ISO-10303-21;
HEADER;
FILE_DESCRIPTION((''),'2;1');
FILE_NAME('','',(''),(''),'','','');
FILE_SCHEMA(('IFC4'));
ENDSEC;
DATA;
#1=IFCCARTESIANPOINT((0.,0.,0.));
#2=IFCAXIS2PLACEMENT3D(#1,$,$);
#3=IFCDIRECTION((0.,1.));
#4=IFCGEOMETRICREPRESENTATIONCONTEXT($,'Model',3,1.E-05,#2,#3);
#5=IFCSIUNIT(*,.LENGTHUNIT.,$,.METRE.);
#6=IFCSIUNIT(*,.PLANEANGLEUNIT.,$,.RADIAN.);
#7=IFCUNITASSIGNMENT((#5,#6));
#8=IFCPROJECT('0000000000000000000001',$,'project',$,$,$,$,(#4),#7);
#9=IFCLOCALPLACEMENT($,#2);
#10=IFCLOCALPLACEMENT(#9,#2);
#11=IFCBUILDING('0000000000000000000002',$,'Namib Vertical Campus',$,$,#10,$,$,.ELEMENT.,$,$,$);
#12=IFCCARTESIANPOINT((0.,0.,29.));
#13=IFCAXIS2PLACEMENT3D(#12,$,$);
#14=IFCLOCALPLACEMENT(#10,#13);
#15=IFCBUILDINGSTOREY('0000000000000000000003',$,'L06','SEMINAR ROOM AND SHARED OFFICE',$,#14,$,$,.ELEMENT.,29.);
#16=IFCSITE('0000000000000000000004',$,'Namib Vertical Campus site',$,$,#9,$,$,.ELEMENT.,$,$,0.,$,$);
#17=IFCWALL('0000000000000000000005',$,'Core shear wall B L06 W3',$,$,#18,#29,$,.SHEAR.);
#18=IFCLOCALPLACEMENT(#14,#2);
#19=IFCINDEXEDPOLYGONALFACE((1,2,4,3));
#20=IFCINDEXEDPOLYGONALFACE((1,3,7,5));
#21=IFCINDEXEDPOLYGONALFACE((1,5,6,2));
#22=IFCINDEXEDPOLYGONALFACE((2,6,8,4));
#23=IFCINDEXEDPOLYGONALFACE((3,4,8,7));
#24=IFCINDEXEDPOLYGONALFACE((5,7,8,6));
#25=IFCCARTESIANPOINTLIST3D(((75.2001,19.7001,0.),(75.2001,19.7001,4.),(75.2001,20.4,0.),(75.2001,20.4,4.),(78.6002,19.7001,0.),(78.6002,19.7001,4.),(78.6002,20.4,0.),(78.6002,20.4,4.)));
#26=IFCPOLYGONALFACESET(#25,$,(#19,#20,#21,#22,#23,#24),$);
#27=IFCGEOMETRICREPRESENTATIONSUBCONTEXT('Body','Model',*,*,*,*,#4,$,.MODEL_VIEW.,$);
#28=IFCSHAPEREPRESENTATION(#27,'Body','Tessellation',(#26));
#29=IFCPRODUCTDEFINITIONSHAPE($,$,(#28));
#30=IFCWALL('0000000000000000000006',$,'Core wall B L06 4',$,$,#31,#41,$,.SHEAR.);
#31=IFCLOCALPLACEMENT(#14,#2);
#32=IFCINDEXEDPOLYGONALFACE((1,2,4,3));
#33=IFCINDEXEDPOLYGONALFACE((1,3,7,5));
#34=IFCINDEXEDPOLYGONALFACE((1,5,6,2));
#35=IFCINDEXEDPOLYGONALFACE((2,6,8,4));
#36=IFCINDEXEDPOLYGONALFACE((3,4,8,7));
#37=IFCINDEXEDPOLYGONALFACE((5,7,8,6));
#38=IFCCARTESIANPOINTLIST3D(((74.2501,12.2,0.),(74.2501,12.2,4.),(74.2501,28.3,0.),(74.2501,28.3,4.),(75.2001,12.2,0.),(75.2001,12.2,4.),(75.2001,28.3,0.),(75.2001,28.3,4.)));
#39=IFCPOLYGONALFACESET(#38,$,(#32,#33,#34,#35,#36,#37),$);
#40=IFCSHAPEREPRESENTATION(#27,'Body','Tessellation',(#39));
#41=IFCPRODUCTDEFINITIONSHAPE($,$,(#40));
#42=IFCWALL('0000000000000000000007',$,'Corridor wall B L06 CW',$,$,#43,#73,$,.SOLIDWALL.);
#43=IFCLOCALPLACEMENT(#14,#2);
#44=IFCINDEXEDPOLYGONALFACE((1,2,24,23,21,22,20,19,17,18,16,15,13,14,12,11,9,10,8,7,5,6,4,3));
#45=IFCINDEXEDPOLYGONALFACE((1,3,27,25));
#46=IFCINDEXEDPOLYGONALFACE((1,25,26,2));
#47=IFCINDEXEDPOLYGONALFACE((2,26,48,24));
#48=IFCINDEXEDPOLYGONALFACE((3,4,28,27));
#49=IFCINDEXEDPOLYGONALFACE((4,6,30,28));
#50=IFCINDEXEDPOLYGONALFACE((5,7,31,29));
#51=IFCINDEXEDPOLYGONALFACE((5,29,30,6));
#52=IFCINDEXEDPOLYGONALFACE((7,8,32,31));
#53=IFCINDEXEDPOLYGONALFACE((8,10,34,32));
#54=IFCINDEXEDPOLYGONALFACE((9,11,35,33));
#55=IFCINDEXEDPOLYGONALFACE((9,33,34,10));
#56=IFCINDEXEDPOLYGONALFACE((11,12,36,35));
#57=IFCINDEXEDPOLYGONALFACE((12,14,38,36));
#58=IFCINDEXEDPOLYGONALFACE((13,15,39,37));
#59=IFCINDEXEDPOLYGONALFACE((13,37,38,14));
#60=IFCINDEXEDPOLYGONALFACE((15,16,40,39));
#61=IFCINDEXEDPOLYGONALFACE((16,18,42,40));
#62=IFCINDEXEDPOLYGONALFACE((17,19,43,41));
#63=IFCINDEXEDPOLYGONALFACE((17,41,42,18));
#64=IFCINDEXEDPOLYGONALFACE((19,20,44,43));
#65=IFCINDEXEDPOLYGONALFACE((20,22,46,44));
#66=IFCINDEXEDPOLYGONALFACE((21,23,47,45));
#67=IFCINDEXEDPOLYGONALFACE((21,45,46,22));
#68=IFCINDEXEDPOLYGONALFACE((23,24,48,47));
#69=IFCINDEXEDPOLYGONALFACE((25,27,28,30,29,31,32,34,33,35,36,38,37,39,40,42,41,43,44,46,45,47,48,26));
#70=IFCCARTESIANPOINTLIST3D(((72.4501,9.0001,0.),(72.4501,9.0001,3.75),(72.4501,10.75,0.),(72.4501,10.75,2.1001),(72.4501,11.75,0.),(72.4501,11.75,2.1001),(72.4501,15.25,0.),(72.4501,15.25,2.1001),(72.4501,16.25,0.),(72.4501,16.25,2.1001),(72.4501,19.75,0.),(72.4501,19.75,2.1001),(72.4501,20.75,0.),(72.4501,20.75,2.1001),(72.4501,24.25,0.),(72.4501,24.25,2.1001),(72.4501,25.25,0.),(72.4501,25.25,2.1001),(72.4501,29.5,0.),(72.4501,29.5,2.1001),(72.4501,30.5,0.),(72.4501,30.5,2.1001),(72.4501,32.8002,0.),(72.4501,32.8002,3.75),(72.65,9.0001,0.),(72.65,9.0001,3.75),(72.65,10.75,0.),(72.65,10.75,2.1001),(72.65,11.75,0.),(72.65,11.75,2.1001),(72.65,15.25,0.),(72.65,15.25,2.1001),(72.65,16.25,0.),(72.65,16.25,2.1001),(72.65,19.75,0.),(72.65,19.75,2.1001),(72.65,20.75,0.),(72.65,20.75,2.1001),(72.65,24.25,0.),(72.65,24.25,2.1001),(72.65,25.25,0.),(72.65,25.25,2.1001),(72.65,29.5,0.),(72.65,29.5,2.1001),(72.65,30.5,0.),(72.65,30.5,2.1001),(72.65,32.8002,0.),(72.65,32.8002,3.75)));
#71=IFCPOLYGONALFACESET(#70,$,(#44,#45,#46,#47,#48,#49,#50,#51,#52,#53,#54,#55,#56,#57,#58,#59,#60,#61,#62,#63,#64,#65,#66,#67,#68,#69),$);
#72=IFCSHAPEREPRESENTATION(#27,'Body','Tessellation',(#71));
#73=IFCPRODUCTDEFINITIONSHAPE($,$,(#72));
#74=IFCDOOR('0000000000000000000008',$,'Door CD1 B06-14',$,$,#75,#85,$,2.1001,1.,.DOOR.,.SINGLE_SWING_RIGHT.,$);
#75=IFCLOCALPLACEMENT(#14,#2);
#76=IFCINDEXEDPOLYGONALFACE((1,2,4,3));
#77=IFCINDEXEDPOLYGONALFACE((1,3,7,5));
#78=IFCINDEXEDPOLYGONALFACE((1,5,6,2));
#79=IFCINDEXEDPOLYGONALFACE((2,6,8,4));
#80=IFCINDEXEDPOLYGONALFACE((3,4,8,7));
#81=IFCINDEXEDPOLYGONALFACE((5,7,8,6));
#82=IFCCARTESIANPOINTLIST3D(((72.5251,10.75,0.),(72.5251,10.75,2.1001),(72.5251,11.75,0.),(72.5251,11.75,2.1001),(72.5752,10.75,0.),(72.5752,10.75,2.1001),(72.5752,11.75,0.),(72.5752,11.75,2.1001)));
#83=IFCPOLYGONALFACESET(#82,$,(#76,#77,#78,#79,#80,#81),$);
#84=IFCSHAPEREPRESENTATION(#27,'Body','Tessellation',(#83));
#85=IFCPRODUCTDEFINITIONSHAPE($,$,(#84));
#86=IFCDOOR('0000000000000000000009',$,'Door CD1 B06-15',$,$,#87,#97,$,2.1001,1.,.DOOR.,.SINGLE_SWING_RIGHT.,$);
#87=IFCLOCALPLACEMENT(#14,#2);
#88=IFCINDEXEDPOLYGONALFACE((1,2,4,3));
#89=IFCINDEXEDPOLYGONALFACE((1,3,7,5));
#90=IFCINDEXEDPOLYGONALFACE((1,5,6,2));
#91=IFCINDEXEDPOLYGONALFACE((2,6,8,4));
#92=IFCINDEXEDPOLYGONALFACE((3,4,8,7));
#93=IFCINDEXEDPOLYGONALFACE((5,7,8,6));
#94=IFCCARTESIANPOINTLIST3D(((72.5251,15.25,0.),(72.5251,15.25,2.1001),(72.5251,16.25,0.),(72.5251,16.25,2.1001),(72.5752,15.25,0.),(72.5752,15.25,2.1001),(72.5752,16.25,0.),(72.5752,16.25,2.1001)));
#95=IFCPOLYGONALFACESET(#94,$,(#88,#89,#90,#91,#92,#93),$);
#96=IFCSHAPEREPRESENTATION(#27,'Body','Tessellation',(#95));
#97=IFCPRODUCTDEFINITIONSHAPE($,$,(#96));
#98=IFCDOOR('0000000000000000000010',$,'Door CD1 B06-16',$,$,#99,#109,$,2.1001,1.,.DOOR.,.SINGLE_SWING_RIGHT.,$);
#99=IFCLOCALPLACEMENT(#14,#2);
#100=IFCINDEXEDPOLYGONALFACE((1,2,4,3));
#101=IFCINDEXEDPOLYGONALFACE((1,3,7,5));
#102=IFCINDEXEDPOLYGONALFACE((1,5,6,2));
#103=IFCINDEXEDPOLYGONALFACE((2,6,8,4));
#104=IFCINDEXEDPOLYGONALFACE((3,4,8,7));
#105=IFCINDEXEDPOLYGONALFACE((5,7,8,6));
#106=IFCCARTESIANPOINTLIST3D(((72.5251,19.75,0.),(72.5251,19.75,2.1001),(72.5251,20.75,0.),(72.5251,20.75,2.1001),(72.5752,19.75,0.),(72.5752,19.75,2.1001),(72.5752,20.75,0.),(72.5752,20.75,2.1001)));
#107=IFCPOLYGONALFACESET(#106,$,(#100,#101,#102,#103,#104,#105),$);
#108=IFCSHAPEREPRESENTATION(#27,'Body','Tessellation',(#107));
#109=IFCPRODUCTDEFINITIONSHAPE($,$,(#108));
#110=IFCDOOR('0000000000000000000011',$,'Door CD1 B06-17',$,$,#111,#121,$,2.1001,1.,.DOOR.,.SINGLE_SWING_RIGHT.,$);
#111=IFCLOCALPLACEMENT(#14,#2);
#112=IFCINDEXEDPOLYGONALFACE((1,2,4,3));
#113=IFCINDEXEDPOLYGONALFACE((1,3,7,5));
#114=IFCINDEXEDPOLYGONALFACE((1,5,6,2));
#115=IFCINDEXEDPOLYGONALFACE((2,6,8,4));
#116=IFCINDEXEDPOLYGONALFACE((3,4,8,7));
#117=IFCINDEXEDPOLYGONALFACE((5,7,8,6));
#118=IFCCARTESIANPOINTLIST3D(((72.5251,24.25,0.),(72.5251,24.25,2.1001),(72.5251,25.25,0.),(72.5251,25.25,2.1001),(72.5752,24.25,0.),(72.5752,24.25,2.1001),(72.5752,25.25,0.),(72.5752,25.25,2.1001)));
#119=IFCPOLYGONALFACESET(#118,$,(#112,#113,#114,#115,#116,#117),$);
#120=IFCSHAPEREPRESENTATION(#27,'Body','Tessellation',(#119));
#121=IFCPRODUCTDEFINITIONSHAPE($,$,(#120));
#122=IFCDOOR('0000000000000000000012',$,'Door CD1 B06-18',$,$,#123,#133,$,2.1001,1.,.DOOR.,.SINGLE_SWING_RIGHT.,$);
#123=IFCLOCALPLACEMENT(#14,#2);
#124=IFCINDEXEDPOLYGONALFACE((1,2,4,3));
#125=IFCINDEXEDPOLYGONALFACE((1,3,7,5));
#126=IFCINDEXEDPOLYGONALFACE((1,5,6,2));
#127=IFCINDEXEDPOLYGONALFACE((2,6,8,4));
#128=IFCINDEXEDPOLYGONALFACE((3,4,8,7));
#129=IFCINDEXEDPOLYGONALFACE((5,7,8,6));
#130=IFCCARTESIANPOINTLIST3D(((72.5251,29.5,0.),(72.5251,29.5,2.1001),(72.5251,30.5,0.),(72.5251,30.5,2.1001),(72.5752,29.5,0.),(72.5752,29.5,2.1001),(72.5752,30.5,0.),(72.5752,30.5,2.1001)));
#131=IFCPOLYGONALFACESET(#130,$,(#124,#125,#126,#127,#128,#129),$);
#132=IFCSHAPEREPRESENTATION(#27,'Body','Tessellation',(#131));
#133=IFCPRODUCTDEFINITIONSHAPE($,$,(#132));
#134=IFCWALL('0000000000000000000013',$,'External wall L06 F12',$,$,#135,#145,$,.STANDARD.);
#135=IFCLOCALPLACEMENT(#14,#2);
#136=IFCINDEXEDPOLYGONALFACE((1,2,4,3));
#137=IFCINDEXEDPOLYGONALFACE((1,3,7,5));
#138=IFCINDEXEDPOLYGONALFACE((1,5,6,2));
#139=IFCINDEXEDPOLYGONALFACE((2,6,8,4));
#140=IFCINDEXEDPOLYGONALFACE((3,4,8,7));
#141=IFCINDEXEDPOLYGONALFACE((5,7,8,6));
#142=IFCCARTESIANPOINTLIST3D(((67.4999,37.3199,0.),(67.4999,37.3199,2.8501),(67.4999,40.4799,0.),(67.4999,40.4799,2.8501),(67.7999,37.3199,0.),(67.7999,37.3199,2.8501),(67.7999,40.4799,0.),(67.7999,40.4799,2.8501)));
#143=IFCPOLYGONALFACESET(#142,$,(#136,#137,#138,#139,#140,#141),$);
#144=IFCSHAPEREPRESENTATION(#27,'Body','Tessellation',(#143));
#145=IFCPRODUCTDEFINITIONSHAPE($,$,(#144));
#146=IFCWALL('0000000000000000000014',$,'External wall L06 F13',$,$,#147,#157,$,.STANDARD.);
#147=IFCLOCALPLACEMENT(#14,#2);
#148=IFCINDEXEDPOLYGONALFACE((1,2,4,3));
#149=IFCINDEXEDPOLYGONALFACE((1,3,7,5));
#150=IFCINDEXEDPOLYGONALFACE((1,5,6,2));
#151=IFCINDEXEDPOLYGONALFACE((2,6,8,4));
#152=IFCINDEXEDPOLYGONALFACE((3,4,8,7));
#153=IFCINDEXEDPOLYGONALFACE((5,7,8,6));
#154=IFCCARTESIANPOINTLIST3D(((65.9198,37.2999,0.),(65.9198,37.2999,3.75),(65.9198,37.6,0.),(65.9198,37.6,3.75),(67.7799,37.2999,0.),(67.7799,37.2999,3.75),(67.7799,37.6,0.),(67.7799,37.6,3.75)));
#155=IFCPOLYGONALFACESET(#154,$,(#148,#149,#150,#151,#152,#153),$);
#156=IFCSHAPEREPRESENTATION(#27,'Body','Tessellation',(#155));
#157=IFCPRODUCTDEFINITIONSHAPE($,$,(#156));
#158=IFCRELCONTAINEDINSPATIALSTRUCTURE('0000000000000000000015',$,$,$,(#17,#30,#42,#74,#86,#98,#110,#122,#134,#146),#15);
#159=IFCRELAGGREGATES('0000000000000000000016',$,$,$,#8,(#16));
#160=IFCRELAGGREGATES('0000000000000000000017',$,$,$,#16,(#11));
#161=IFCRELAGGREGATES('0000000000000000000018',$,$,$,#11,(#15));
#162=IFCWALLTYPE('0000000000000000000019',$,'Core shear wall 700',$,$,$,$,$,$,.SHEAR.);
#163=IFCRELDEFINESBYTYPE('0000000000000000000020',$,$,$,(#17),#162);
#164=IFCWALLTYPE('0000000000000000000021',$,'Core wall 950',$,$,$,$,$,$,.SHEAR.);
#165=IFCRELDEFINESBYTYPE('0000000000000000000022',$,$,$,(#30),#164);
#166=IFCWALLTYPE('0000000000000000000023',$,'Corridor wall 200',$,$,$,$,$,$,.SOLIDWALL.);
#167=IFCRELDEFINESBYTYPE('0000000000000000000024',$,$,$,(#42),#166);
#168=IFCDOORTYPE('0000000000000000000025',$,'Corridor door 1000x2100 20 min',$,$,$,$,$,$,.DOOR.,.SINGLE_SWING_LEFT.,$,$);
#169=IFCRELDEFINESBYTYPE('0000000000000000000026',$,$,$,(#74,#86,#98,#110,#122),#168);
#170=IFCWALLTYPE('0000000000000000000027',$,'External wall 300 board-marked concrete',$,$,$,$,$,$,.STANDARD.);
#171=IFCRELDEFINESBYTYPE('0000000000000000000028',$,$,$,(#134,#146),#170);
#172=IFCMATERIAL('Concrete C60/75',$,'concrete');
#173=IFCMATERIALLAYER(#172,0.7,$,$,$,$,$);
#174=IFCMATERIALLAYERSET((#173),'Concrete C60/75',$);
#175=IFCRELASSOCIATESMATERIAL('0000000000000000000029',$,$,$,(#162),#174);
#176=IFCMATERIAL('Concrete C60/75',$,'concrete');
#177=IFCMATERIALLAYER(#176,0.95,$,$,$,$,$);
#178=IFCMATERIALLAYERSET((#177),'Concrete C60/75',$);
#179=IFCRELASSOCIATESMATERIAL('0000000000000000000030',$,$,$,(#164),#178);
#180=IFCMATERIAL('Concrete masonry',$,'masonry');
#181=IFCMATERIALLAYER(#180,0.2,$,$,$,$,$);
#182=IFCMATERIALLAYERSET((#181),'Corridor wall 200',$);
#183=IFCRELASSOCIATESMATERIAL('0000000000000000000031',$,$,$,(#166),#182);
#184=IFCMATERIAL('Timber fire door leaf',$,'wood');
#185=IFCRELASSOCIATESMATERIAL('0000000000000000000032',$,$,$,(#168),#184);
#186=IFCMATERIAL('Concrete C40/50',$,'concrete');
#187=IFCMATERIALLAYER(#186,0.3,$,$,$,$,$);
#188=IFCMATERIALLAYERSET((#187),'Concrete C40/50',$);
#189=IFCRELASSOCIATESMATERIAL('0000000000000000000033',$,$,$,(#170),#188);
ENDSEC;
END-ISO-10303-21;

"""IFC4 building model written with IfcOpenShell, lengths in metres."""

from ifc_helpers import new_model, si_unit, direction, frame, frame_2d, origin, place, context, subcontext, project, spatial, rectangle, extrude, material, layer, layer_set, type_object, element, fill, save


model = new_model("IFC4")

# Units and contexts
model_context = context("Model", 3, precision=1e-05, world=origin(), true_north=direction((0.0, 1.0)))
body_context = subcontext(model_context, "Body", "Model", "MODEL_VIEW")
ifc_project = project(units=[si_unit("LENGTHUNIT", "METRE"), si_unit("PLANEANGLEUNIT", "RADIAN")], contexts=[model_context])

# Site, building, storey
site_placement = place(None, origin())
site = spatial("IfcSite", under=ifc_project, at=site_placement, Name="Namib Vertical Campus site", CompositionType="ELEMENT", RefElevation=0.0)
building_placement = place(site_placement, origin())
building = spatial("IfcBuilding", under=site, at=building_placement, Name="Namib Vertical Campus", CompositionType="ELEMENT")
storey_placement = place(building_placement, frame((0.0, 0.0, 29.0)))
storey = spatial("IfcBuildingStorey", under=building, at=storey_placement, Name="L06", Description="SEMINAR ROOM AND SHARED OFFICE", CompositionType="ELEMENT", Elevation=29.0)

# Walls
ifc_material_1 = material(Name="Concrete C60/75", Category="concrete")
ifc_layer_1 = layer(ifc_material_1, 0.7)
ifc_layer_set_1 = layer_set([ifc_layer_1], Name="Concrete C60/75")
wall_type_1 = type_object("IfcWallType", Name="Core shear wall 700", PredefinedType="SHEAR", material=ifc_layer_set_1)
wall_1_placement = place(storey_placement, frame((75.2, 20.05, 0.0), z_axis=(0.0, 0.0, 1.0), x_axis=(1.0, 0.0, 0.0)))
element("IfcWall", 1, at=wall_1_placement, inside=storey, type_object=wall_type_1, Name="Core shear wall B L06 W3", PredefinedType="SHEAR", context=body_context, shape_type="SweptSolid", body=[
    extrude(rectangle(XDim=3.4001, YDim=0.7, at=frame_2d((1.7002, 0.0))), origin(), (0.0, 0.0, 1.0), 4.0),
])
ifc_material_2 = material(Name="Concrete C60/75", Category="concrete")
ifc_layer_2 = layer(ifc_material_2, 0.95)
ifc_layer_set_2 = layer_set([ifc_layer_2], Name="Concrete C60/75")
wall_type_2 = type_object("IfcWallType", Name="Core wall 950", PredefinedType="SHEAR", material=ifc_layer_set_2)
wall_2_placement = place(storey_placement, frame((74.7251, 28.3, 0.0), z_axis=(0.0, 0.0, 1.0), x_axis=(0.0, -1.0, 0.0)))
element("IfcWall", 2, at=wall_2_placement, inside=storey, type_object=wall_type_2, Name="Core wall B L06 4", PredefinedType="SHEAR", context=body_context, shape_type="SweptSolid", body=[
    extrude(rectangle(XDim=16.1001, YDim=0.95, at=frame_2d((8.05, 0.0))), origin(), (0.0, 0.0, 1.0), 4.0),
])

# Wall, openings, doors
ifc_material_3 = material(Name="Concrete masonry", Category="masonry")
ifc_layer_3 = layer(ifc_material_3, 0.2)
ifc_layer_set_3 = layer_set([ifc_layer_3], Name="Corridor wall 200")
wall_type_3 = type_object("IfcWallType", Name="Corridor wall 200", PredefinedType="SOLIDWALL", material=ifc_layer_set_3)
wall_3_placement = place(storey_placement, frame((72.55, 32.8, 0.0), z_axis=(0.0, 0.0, 1.0), x_axis=(0.0, -1.0, 0.0)))
wall_3 = element("IfcWall", 3, at=wall_3_placement, inside=storey, type_object=wall_type_3, Name="Corridor wall B L06 CW", PredefinedType="SOLIDWALL", context=body_context, shape_type="SweptSolid", body=[
    extrude(rectangle(XDim=23.8, YDim=0.2, at=frame_2d((11.8999, 0.0))), origin(), (0.0, 0.0, 1.0), 3.75),
])
opening_1_placement = place(wall_3_placement, frame((21.05, 0.0, 0.0)))
opening_1 = element("IfcOpeningElement", 4, at=opening_1_placement, cuts=wall_3, PredefinedType="OPENING", context=body_context, shape_type="SweptSolid", body=[
    extrude(rectangle(XDim=1.0, YDim=2.1001, at=frame_2d((0.5, 1.05))), frame((0.0, 0.1099, 0.0), z_axis=(0.0, -1.0, 0.0), x_axis=(1.0, 0.0, 0.0)), (0.0, 0.0, 1.0), 0.22),
])
opening_2_placement = place(wall_3_placement, frame((16.55, 0.0, 0.0)))
opening_2 = element("IfcOpeningElement", 5, at=opening_2_placement, cuts=wall_3, PredefinedType="OPENING", context=body_context, shape_type="SweptSolid", body=[
    extrude(rectangle(XDim=1.0, YDim=2.1001, at=frame_2d((0.5, 1.05))), frame((0.0, 0.1099, 0.0), z_axis=(0.0, -1.0, 0.0), x_axis=(1.0, 0.0, 0.0)), (0.0, 0.0, 1.0), 0.22),
])
opening_3_placement = place(wall_3_placement, frame((12.05, 0.0, 0.0)))
opening_3 = element("IfcOpeningElement", 6, at=opening_3_placement, cuts=wall_3, PredefinedType="OPENING", context=body_context, shape_type="SweptSolid", body=[
    extrude(rectangle(XDim=1.0, YDim=2.1001, at=frame_2d((0.5, 1.05))), frame((0.0, 0.1099, 0.0), z_axis=(0.0, -1.0, 0.0), x_axis=(1.0, 0.0, 0.0)), (0.0, 0.0, 1.0), 0.22),
])
opening_4_placement = place(wall_3_placement, frame((7.55, 0.0, 0.0)))
opening_4 = element("IfcOpeningElement", 7, at=opening_4_placement, cuts=wall_3, PredefinedType="OPENING", context=body_context, shape_type="SweptSolid", body=[
    extrude(rectangle(XDim=1.0, YDim=2.1001, at=frame_2d((0.5, 1.05))), frame((0.0, 0.1099, 0.0), z_axis=(0.0, -1.0, 0.0), x_axis=(1.0, 0.0, 0.0)), (0.0, 0.0, 1.0), 0.22),
])
opening_5_placement = place(wall_3_placement, frame((2.3, 0.0, 0.0)))
opening_5 = element("IfcOpeningElement", 8, at=opening_5_placement, cuts=wall_3, PredefinedType="OPENING", context=body_context, shape_type="SweptSolid", body=[
    extrude(rectangle(XDim=1.0, YDim=2.1001, at=frame_2d((0.5, 1.05))), frame((0.0, 0.1099, 0.0), z_axis=(0.0, -1.0, 0.0), x_axis=(1.0, 0.0, 0.0)), (0.0, 0.0, 1.0), 0.22),
])
ifc_material_4 = material(Name="Timber fire door leaf", Category="wood")
door_type_1 = type_object("IfcDoorType", Name="Corridor door 1000x2100 20 min", OperationType="SINGLE_SWING_LEFT", PredefinedType="DOOR", material=ifc_material_4)
door_1_placement = place(opening_1_placement, frame((1.0, 0.0, 0.0), z_axis=(0.0, 0.0, 1.0), x_axis=(-1.0, 0.0, 0.0)))
door_1 = element("IfcDoor", 9, at=door_1_placement, inside=storey, type_object=door_type_1, Name="Door CD1 B06-14", OperationType="SINGLE_SWING_RIGHT", OverallHeight=2.1001, OverallWidth=1.0, PredefinedType="DOOR", context=body_context, shape_type="SweptSolid", body=[
    extrude(rectangle(XDim=1.0, YDim=2.1001, at=frame_2d((0.5, 1.05))), frame((0.0, 0.0249, 0.0), z_axis=(0.0, -1.0, 0.0), x_axis=(1.0, 0.0, 0.0)), (0.0, 0.0, 1.0), 0.05),
])
fill(opening_1, door_1)
door_2_placement = place(opening_2_placement, frame((1.0, 0.0, 0.0), z_axis=(0.0, 0.0, 1.0), x_axis=(-1.0, 0.0, 0.0)))
door_2 = element("IfcDoor", 10, at=door_2_placement, inside=storey, type_object=door_type_1, Name="Door CD1 B06-15", OperationType="SINGLE_SWING_RIGHT", OverallHeight=2.1001, OverallWidth=1.0, PredefinedType="DOOR", context=body_context, shape_type="SweptSolid", body=[
    extrude(rectangle(XDim=1.0, YDim=2.1001, at=frame_2d((0.5, 1.05))), frame((0.0, 0.0249, 0.0), z_axis=(0.0, -1.0, 0.0), x_axis=(1.0, 0.0, 0.0)), (0.0, 0.0, 1.0), 0.05),
])
fill(opening_2, door_2)
door_3_placement = place(opening_3_placement, frame((1.0, 0.0, 0.0), z_axis=(0.0, 0.0, 1.0), x_axis=(-1.0, 0.0, 0.0)))
door_3 = element("IfcDoor", 11, at=door_3_placement, inside=storey, type_object=door_type_1, Name="Door CD1 B06-16", OperationType="SINGLE_SWING_RIGHT", OverallHeight=2.1001, OverallWidth=1.0, PredefinedType="DOOR", context=body_context, shape_type="SweptSolid", body=[
    extrude(rectangle(XDim=1.0, YDim=2.1001, at=frame_2d((0.5, 1.05))), frame((0.0, 0.0249, 0.0), z_axis=(0.0, -1.0, 0.0), x_axis=(1.0, 0.0, 0.0)), (0.0, 0.0, 1.0), 0.05),
])
fill(opening_3, door_3)
door_4_placement = place(opening_4_placement, frame((1.0, 0.0, 0.0), z_axis=(0.0, 0.0, 1.0), x_axis=(-1.0, 0.0, 0.0)))
door_4 = element("IfcDoor", 12, at=door_4_placement, inside=storey, type_object=door_type_1, Name="Door CD1 B06-17", OperationType="SINGLE_SWING_RIGHT", OverallHeight=2.1001, OverallWidth=1.0, PredefinedType="DOOR", context=body_context, shape_type="SweptSolid", body=[
    extrude(rectangle(XDim=1.0, YDim=2.1001, at=frame_2d((0.5, 1.05))), frame((0.0, 0.0249, 0.0), z_axis=(0.0, -1.0, 0.0), x_axis=(1.0, 0.0, 0.0)), (0.0, 0.0, 1.0), 0.05),
])
fill(opening_4, door_4)
door_5_placement = place(opening_5_placement, frame((1.0, 0.0, 0.0), z_axis=(0.0, 0.0, 1.0), x_axis=(-1.0, 0.0, 0.0)))
door_5 = element("IfcDoor", 13, at=door_5_placement, inside=storey, type_object=door_type_1, Name="Door CD1 B06-18", OperationType="SINGLE_SWING_RIGHT", OverallHeight=2.1001, OverallWidth=1.0, PredefinedType="DOOR", context=body_context, shape_type="SweptSolid", body=[
    extrude(rectangle(XDim=1.0, YDim=2.1001, at=frame_2d((0.5, 1.05))), frame((0.0, 0.0249, 0.0), z_axis=(0.0, -1.0, 0.0), x_axis=(1.0, 0.0, 0.0)), (0.0, 0.0, 1.0), 0.05),
])
fill(opening_5, door_5)

# Walls
ifc_material_5 = material(Name="Concrete C40/50", Category="concrete")
ifc_layer_4 = layer(ifc_material_5, 0.3)
ifc_layer_set_4 = layer_set([ifc_layer_4], Name="Concrete C40/50")
wall_type_4 = type_object("IfcWallType", Name="External wall 300 board-marked concrete", PredefinedType="STANDARD", material=ifc_layer_set_4)
wall_4_placement = place(storey_placement, frame((67.6499, 40.48, 0.0), z_axis=(0.0, 0.0, 1.0), x_axis=(0.0, -1.0, 0.0)))
element("IfcWall", 14, at=wall_4_placement, inside=storey, type_object=wall_type_4, Name="External wall L06 F12", PredefinedType="STANDARD", context=body_context, shape_type="SweptSolid", body=[
    extrude(rectangle(XDim=3.1599, YDim=0.3, at=frame_2d((1.5801, 0.0))), origin(), (0.0, 0.0, 1.0), 2.8501),
])
wall_5_placement = place(storey_placement, frame((67.78, 37.45, 0.0), z_axis=(0.0, 0.0, 1.0), x_axis=(-1.0, 0.0, 0.0)))
element("IfcWall", 15, at=wall_5_placement, inside=storey, type_object=wall_type_4, Name="External wall L06 F13", PredefinedType="STANDARD", context=body_context, shape_type="SweptSolid", body=[
    extrude(rectangle(XDim=1.8601, YDim=0.3, at=frame_2d((0.9302, 0.0))), origin(), (0.0, 0.0, 1.0), 3.75),
])

save(model, "model.ifc")
